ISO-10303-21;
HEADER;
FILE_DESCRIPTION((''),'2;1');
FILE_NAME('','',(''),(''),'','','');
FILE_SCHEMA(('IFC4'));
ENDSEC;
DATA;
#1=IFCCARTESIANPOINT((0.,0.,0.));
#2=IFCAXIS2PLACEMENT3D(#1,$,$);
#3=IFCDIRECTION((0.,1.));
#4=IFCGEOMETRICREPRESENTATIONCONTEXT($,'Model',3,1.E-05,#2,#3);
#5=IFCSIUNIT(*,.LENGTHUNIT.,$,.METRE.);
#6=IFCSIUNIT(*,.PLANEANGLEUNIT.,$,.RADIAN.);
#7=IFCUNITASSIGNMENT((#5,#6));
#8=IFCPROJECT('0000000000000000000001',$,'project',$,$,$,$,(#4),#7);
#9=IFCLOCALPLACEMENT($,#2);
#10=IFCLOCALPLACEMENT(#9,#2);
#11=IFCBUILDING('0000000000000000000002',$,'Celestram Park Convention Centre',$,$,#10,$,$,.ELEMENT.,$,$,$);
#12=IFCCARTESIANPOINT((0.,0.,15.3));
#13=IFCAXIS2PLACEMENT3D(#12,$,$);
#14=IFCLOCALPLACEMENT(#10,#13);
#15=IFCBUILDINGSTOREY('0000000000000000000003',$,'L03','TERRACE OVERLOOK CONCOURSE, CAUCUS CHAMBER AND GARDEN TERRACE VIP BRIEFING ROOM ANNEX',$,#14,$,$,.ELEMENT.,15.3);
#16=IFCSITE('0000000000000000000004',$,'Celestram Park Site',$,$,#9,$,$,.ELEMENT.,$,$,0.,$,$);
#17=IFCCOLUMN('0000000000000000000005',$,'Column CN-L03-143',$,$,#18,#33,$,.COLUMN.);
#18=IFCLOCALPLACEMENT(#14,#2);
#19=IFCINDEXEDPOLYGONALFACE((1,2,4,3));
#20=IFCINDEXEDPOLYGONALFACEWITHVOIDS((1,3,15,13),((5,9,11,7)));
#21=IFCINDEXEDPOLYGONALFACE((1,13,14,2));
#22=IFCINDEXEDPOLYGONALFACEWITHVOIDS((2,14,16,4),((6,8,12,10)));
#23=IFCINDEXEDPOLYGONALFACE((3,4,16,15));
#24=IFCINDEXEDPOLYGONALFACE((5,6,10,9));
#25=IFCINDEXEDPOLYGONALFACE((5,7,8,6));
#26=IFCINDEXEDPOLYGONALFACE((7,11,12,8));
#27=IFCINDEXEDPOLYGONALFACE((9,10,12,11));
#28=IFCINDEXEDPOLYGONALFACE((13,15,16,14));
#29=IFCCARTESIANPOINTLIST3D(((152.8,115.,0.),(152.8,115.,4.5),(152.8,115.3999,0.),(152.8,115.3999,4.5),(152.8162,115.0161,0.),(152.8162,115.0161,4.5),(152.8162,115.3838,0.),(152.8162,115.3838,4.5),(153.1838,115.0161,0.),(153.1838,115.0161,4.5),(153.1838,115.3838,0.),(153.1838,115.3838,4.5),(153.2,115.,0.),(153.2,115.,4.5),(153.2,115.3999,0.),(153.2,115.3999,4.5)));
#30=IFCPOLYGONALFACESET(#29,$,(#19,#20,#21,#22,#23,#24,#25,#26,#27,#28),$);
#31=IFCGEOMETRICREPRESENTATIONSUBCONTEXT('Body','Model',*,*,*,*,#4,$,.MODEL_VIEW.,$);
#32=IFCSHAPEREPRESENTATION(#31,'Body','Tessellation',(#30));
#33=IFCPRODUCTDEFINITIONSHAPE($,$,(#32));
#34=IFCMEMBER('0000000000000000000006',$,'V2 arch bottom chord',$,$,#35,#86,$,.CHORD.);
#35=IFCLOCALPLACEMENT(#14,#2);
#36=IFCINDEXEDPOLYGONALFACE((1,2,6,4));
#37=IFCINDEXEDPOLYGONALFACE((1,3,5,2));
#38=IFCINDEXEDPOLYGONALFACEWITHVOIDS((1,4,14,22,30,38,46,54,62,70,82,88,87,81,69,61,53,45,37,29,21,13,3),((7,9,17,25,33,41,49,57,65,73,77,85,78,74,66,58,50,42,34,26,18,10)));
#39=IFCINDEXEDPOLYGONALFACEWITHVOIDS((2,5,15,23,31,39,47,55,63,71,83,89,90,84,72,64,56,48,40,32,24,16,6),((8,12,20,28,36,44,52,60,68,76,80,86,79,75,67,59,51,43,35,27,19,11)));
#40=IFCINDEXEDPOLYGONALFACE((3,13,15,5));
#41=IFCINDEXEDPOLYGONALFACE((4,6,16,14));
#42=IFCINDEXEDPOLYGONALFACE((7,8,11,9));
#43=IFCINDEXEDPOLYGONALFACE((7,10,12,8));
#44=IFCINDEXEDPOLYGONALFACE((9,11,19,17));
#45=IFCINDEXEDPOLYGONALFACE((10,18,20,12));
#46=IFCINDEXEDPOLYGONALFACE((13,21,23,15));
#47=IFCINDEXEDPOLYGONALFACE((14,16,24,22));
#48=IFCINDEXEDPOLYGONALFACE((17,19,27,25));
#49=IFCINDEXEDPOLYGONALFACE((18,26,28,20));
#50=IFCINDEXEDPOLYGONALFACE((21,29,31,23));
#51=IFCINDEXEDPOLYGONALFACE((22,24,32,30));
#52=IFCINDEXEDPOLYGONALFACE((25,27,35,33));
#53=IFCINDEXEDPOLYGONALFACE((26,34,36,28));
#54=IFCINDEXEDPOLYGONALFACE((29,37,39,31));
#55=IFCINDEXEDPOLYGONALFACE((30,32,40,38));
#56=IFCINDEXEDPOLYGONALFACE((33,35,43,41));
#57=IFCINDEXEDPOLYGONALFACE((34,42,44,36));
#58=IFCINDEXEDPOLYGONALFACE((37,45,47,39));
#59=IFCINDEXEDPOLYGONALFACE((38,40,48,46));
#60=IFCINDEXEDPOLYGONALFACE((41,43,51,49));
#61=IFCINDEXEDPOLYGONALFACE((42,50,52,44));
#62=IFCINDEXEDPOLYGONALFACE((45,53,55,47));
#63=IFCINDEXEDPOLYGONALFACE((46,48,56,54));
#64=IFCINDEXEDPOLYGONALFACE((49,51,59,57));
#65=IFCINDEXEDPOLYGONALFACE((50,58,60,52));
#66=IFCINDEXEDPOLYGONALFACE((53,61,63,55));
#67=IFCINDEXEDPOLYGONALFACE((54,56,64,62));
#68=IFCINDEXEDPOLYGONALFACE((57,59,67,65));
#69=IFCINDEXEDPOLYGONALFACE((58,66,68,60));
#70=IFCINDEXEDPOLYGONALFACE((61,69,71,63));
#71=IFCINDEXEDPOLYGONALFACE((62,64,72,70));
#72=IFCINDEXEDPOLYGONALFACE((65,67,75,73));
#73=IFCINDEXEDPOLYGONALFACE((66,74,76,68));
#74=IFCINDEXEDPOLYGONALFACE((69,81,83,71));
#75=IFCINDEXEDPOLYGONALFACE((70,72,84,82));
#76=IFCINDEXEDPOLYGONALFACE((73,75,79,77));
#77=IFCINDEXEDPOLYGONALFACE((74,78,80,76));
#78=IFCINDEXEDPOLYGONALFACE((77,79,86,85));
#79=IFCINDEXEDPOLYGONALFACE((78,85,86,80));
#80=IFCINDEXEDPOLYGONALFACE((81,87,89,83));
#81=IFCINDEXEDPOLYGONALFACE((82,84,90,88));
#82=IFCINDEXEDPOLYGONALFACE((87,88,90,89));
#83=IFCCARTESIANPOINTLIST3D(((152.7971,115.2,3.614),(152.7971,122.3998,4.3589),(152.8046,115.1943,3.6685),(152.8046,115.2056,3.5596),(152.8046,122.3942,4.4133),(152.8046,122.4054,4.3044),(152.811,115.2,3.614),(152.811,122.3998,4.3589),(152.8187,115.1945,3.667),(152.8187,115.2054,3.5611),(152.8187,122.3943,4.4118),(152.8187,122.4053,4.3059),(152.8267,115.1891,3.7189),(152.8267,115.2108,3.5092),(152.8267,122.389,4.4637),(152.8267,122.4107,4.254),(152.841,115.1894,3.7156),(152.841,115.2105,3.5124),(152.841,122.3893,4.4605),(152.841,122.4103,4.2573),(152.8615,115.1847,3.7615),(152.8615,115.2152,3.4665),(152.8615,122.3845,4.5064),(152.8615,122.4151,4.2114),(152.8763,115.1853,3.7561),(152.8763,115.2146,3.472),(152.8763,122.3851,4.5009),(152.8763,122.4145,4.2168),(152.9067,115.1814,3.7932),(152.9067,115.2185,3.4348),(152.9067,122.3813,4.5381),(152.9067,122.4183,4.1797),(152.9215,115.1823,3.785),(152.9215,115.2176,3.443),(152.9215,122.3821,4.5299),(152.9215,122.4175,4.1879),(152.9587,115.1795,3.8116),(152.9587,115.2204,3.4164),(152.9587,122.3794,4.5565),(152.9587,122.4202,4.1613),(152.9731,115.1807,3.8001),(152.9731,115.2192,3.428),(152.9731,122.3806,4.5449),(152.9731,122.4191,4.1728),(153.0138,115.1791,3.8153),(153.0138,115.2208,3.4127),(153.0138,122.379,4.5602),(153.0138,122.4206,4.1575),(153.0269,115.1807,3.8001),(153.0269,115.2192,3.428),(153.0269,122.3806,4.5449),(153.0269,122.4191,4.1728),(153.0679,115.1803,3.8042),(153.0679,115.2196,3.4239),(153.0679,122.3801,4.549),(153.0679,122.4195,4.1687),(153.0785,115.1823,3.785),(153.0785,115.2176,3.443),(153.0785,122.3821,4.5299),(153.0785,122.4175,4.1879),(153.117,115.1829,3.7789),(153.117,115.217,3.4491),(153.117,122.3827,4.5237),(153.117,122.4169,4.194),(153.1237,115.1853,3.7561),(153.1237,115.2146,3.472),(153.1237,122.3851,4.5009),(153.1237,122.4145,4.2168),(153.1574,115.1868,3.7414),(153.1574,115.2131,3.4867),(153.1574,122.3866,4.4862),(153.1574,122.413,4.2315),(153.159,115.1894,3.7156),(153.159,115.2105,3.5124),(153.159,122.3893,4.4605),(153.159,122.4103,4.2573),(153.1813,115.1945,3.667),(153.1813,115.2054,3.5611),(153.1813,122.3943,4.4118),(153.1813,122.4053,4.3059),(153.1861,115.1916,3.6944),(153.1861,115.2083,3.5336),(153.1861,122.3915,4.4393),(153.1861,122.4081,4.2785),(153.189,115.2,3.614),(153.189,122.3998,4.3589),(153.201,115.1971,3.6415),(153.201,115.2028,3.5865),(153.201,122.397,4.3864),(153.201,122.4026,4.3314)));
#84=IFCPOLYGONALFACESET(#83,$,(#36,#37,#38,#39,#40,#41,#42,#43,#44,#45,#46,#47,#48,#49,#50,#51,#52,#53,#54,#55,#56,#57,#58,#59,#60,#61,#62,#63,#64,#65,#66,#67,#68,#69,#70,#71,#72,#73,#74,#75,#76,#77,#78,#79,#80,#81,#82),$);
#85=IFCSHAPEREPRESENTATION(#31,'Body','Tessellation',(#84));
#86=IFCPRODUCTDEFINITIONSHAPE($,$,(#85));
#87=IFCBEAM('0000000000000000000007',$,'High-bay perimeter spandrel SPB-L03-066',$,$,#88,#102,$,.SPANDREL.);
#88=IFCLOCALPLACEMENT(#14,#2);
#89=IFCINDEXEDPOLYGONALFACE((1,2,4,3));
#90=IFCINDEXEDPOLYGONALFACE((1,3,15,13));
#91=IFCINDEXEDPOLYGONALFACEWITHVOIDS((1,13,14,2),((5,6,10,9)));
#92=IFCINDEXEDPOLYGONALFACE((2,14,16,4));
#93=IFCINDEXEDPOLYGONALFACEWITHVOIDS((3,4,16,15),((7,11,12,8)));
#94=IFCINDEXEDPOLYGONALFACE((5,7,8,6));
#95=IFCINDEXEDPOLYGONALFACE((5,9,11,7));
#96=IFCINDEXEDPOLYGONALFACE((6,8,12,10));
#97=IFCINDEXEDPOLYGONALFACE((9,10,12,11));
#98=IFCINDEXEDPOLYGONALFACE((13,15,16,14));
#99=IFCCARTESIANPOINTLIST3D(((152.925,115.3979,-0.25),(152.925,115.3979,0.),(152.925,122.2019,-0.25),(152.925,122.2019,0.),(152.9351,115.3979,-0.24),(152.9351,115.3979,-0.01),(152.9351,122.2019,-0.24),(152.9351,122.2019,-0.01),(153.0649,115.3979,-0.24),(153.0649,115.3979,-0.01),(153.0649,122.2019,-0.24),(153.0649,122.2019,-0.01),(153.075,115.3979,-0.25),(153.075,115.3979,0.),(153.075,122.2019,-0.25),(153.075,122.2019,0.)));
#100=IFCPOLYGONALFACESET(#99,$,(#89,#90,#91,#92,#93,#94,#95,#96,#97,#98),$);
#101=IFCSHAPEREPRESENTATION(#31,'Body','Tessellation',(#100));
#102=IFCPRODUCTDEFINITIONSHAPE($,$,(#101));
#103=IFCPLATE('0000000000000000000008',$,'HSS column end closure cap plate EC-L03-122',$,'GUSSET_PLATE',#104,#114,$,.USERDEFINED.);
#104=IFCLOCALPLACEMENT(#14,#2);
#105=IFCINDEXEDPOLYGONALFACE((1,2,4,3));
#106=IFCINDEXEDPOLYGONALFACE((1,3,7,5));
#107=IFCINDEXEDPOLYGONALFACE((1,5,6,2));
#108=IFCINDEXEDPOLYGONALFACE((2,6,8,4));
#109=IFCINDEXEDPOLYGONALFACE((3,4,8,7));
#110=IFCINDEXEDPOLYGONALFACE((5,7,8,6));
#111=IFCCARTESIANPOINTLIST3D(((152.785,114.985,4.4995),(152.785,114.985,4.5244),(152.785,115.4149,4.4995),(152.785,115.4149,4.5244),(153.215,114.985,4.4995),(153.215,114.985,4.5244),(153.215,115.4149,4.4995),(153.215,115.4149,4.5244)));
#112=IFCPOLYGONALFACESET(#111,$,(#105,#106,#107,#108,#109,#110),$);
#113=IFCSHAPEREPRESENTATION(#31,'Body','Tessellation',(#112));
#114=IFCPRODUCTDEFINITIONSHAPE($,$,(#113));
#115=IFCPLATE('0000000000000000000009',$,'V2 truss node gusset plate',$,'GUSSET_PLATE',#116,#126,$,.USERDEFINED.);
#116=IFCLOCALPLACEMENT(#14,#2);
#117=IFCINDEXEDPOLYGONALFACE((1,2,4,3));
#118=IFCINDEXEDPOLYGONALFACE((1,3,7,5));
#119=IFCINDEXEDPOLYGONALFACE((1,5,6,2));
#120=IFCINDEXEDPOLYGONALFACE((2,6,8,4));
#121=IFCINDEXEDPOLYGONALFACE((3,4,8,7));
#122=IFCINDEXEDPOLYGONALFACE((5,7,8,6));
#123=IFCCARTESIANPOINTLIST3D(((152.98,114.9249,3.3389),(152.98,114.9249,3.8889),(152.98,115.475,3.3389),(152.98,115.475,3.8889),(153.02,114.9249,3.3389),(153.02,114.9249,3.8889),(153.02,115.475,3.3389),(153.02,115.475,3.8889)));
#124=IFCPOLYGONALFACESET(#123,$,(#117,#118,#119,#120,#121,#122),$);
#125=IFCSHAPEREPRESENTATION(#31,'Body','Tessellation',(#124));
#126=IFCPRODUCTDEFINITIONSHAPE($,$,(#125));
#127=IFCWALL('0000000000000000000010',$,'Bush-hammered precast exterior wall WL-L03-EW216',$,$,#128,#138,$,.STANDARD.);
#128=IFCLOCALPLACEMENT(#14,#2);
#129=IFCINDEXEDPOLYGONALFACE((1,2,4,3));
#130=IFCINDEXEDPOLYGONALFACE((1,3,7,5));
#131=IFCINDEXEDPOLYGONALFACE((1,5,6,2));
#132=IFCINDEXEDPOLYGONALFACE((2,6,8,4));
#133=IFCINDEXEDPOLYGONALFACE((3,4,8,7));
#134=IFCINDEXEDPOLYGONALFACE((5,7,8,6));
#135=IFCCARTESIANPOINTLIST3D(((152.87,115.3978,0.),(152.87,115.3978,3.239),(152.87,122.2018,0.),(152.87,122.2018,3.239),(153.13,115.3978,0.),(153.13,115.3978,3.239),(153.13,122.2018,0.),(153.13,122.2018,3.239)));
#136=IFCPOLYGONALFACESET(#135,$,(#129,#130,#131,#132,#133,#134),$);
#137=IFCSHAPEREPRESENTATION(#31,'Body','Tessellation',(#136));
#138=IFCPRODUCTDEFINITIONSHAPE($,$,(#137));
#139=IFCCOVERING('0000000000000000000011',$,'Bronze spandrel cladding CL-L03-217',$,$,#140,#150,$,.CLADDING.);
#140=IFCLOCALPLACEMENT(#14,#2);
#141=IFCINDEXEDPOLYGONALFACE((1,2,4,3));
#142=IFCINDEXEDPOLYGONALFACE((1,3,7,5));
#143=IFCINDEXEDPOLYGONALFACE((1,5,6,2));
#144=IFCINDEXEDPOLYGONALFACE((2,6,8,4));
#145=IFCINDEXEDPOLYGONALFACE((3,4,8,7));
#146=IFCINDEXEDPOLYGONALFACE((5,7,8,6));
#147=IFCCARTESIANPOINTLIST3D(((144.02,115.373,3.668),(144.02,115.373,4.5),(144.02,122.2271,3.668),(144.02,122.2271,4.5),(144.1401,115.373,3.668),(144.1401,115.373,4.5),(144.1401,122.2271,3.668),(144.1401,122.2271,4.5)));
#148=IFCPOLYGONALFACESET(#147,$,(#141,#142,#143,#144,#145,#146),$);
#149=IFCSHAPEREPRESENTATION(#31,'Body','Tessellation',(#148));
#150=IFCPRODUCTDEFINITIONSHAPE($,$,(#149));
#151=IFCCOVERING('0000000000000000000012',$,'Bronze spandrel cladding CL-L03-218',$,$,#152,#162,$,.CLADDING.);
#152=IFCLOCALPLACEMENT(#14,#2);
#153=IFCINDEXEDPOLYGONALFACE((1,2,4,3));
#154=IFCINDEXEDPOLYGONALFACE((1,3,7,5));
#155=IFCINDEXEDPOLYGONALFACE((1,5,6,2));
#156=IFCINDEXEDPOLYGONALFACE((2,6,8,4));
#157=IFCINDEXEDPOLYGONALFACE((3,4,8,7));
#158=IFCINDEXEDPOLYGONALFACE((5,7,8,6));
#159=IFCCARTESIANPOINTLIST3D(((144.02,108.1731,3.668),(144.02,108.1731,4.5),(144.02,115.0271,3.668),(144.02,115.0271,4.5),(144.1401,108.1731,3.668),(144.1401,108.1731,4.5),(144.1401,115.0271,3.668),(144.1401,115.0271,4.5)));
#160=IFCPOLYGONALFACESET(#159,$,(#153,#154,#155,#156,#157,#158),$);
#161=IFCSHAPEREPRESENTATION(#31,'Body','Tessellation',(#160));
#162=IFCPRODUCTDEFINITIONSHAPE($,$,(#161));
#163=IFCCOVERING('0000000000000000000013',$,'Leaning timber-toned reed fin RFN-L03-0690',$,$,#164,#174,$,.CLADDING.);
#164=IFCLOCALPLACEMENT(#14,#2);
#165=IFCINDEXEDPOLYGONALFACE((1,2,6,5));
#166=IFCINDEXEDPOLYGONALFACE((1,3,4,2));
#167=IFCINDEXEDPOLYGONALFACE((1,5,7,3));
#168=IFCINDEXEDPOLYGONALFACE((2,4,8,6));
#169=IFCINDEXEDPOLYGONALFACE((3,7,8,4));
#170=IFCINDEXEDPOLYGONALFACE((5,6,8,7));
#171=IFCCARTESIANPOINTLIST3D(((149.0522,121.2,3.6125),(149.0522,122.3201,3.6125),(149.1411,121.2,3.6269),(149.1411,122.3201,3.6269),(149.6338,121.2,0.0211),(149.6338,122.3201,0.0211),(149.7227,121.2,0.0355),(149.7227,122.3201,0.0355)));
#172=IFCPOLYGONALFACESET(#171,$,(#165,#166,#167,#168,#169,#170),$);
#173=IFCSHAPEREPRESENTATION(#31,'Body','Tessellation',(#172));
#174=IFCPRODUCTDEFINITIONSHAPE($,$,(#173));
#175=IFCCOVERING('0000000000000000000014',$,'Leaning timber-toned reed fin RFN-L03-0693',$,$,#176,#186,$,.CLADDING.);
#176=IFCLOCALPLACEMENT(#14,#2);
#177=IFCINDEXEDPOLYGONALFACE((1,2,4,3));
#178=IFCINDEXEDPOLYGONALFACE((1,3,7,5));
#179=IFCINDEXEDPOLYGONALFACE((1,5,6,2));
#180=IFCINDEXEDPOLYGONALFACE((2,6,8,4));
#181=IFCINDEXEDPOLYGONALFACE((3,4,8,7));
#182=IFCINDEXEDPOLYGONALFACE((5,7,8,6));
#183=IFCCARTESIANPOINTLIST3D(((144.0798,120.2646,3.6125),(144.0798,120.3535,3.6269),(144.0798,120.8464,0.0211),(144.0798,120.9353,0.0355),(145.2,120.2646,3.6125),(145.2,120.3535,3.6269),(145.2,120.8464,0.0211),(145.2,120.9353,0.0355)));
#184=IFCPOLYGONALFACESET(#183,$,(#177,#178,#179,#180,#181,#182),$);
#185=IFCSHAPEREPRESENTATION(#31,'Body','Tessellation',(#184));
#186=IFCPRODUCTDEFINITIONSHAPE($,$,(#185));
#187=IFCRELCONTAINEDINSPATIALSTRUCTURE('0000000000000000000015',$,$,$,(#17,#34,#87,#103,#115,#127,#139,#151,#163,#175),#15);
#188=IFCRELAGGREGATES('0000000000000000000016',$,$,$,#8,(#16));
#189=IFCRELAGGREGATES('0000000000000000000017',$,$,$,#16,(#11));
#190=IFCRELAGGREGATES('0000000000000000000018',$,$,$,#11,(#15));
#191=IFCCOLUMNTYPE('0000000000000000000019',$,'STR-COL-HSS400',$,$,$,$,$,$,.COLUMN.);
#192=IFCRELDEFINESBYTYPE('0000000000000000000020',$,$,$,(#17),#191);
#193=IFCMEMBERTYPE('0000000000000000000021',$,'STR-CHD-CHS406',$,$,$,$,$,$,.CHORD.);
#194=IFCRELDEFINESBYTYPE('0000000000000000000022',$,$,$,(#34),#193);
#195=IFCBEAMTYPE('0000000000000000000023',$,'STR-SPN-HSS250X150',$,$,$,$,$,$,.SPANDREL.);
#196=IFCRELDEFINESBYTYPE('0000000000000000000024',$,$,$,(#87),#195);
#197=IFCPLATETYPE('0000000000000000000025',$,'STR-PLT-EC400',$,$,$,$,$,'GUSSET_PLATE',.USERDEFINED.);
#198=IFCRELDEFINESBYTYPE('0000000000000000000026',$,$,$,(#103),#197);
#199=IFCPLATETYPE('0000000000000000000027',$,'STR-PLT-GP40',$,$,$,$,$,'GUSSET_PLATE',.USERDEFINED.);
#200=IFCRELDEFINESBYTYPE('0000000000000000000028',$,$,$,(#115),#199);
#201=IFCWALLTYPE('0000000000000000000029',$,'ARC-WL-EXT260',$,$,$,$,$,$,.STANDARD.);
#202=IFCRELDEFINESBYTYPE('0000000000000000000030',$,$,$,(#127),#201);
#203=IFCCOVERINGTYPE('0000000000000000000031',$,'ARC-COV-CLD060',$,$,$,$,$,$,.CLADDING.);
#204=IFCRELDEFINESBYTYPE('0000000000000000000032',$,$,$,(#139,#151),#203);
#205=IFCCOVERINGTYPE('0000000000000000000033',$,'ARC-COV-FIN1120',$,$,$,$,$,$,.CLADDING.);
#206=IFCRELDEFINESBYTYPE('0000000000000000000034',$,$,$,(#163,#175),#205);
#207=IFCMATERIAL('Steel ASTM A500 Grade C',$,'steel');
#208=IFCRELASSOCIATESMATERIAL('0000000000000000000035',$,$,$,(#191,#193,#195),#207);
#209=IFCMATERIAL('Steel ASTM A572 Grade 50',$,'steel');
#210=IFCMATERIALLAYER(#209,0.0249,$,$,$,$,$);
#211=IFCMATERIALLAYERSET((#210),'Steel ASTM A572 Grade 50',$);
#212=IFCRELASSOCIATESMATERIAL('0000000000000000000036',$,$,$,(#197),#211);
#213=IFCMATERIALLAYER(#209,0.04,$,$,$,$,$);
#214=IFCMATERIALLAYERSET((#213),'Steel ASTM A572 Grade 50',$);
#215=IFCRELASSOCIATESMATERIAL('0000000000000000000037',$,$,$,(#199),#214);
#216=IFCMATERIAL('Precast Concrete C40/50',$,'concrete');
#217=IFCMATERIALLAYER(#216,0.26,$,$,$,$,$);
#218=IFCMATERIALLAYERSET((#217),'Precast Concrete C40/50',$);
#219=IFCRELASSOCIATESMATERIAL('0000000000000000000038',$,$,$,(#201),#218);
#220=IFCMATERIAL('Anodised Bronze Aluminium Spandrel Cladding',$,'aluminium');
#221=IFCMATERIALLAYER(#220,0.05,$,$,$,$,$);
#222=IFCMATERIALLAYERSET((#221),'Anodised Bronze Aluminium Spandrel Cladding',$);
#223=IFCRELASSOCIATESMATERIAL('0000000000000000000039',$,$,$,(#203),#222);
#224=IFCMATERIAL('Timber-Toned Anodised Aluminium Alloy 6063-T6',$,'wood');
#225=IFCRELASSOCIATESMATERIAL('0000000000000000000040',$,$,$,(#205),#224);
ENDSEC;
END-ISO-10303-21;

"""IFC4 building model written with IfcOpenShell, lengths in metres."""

from ifc_helpers import new_model, si_unit, direction, frame, frame_2d, origin, origin_2d, place, context, subcontext, project, spatial, rectangle, hollow_rectangle, hollow_circle, extrude, material, layer, layer_set, material_profile, profile_set, type_object, element, save


model = new_model("IFC4")

# Units and contexts
model_context = context("Model", 3, precision=1e-05, world=origin(), true_north=direction((0.0, 1.0)))
body_context = subcontext(model_context, "Body", "Model", "MODEL_VIEW")
ifc_project = project(units=[si_unit("LENGTHUNIT", "METRE"), si_unit("PLANEANGLEUNIT", "RADIAN")], contexts=[model_context])

# Site, building, storey
site_placement = place(None, origin())
site = spatial("IfcSite", under=ifc_project, at=site_placement, Name="Celestram Park Site", CompositionType="ELEMENT", RefElevation=0.0)
building_placement = place(site_placement, origin())
building = spatial("IfcBuilding", under=site, at=building_placement, Name="Celestram Park Convention Centre", CompositionType="ELEMENT")
storey_placement = place(building_placement, frame((0.0, 0.0, 15.3)))
storey = spatial("IfcBuildingStorey", under=building, at=storey_placement, Name="L03", Description="TERRACE OVERLOOK CONCOURSE, CAUCUS CHAMBER AND GARDEN TERRACE VIP BRIEFING ROOM ANNEX", CompositionType="ELEMENT", Elevation=15.3)

# Column
ifc_material_1 = material(Name="Steel ASTM A500 Grade C", Category="steel")
ifc_material_profile_1 = material_profile(ifc_material_1, hollow_rectangle(XDim=0.3999, YDim=0.3999, WallThickness=0.0161, at=origin_2d()), Name="HSS400X400X16")
ifc_profile_set_1 = profile_set([ifc_material_profile_1], Name="Steel ASTM A500 Grade C")
column_type = type_object("IfcColumnType", Name="STR-COL-HSS400", PredefinedType="COLUMN", material=ifc_profile_set_1)
column_placement = place(storey_placement, frame((153.0, 115.2, 0.0), z_axis=(0.0, 0.0, 1.0), x_axis=(1.0, 0.0, 0.0)))
element("IfcColumn", 1, at=column_placement, inside=storey, type_object=column_type, Name="Column CN-L03-143", PredefinedType="COLUMN", context=body_context, shape_type="SweptSolid", body=[
    extrude(hollow_rectangle(XDim=0.3999, YDim=0.3999, WallThickness=0.0161, at=origin_2d()), origin(), (0.0, 0.0, 1.0), 4.5),
])

# Member
ifc_material_profile_2 = material_profile(ifc_material_1, hollow_circle(Radius=0.2029, WallThickness=0.0139, at=origin_2d()), Name="CHS406X14")
ifc_profile_set_2 = profile_set([ifc_material_profile_2], Name="Steel ASTM A500 Grade C")
member_type = type_object("IfcMemberType", Name="STR-CHD-CHS406", PredefinedType="CHORD", material=ifc_profile_set_2)
member_placement = place(storey_placement, frame((153.0, 115.2, 3.614), z_axis=(0.0, 0.994691, 0.102906), x_axis=(-1.0, 0.0, 0.0)))
element("IfcMember", 2, at=member_placement, inside=storey, type_object=member_type, Name="V2 arch bottom chord", PredefinedType="CHORD", context=body_context, shape_type="SweptSolid", body=[
    extrude(hollow_circle(Radius=0.2029, WallThickness=0.0139, at=origin_2d()), origin(), (0.0, 0.0, 1.0), 7.2383),
])

# Beam
ifc_material_profile_3 = material_profile(ifc_material_1, hollow_rectangle(XDim=0.1499, YDim=0.25, WallThickness=0.01, at=origin_2d()), Name="HSS250X150X10")
ifc_profile_set_3 = profile_set([ifc_material_profile_3], Name="Steel ASTM A500 Grade C")
beam_type = type_object("IfcBeamType", Name="STR-SPN-HSS250X150", PredefinedType="SPANDREL", material=ifc_profile_set_3)
beam_placement = place(storey_placement, frame((153.0, 115.3979, -0.125), z_axis=(0.0, 1.0, 0.0), x_axis=(-1.0, 0.0, 0.0)))
element("IfcBeam", 3, at=beam_placement, inside=storey, type_object=beam_type, Name="High-bay perimeter spandrel SPB-L03-066", PredefinedType="SPANDREL", context=body_context, shape_type="SweptSolid", body=[
    extrude(hollow_rectangle(XDim=0.1499, YDim=0.25, WallThickness=0.01, at=origin_2d()), origin(), (0.0, 0.0, 1.0), 6.804),
])

# Plates
ifc_material_2 = material(Name="Steel ASTM A572 Grade 50", Category="steel")
ifc_layer_1 = layer(ifc_material_2, 0.0249)
ifc_layer_set_1 = layer_set([ifc_layer_1], Name="Steel ASTM A572 Grade 50")
plate_type_1 = type_object("IfcPlateType", Name="STR-PLT-EC400", ElementType="GUSSET_PLATE", PredefinedType="USERDEFINED", material=ifc_layer_set_1)
plate_1_placement = place(storey_placement, frame((153.0, 115.2, 4.4995), z_axis=(0.0, 0.0, 1.0), x_axis=(1.0, 0.0, 0.0)))
element("IfcPlate", 4, at=plate_1_placement, inside=storey, type_object=plate_type_1, Name="HSS column end closure cap plate EC-L03-122", ObjectType="GUSSET_PLATE", PredefinedType="USERDEFINED", context=body_context, shape_type="SweptSolid", body=[
    extrude(rectangle(XDim=0.4299, YDim=0.4299, at=origin_2d()), origin(), (0.0, 0.0, 1.0), 0.0249),
])
ifc_layer_2 = layer(ifc_material_2, 0.04)
ifc_layer_set_2 = layer_set([ifc_layer_2], Name="Steel ASTM A572 Grade 50")
plate_type_2 = type_object("IfcPlateType", Name="STR-PLT-GP40", ElementType="GUSSET_PLATE", PredefinedType="USERDEFINED", material=ifc_layer_set_2)
plate_2_placement = place(storey_placement, frame((153.0, 115.2, 3.3389), z_axis=(0.0, 0.0, 1.0), x_axis=(0.0, 1.0, 0.0)))
element("IfcPlate", 5, at=plate_2_placement, inside=storey, type_object=plate_type_2, Name="V2 truss node gusset plate", ObjectType="GUSSET_PLATE", PredefinedType="USERDEFINED", context=body_context, shape_type="SweptSolid", body=[
    extrude(rectangle(XDim=0.55, YDim=0.04, at=origin_2d()), origin(), (0.0, 0.0, 1.0), 0.55),
])

# Wall
ifc_material_3 = material(Name="Precast Concrete C40/50", Category="concrete")
ifc_layer_3 = layer(ifc_material_3, 0.26)
ifc_layer_set_3 = layer_set([ifc_layer_3], Name="Precast Concrete C40/50")
wall_type = type_object("IfcWallType", Name="ARC-WL-EXT260", PredefinedType="STANDARD", material=ifc_layer_set_3)
wall_placement = place(storey_placement, frame((153.0, 115.3979, 0.0), z_axis=(0.0, 0.0, 1.0), x_axis=(0.0, 1.0, 0.0)))
element("IfcWall", 6, at=wall_placement, inside=storey, type_object=wall_type, Name="Bush-hammered precast exterior wall WL-L03-EW216", PredefinedType="STANDARD", context=body_context, shape_type="SweptSolid", body=[
    extrude(rectangle(XDim=6.804, YDim=0.26, at=frame_2d((3.4019, 0.0))), origin(), (0.0, 0.0, 1.0), 3.239),
])

# Coverings
ifc_material_4 = material(Name="Anodised Bronze Aluminium Spandrel Cladding", Category="aluminium")
ifc_layer_4 = layer(ifc_material_4, 0.05)
ifc_layer_set_4 = layer_set([ifc_layer_4], Name="Anodised Bronze Aluminium Spandrel Cladding")
covering_type_1 = type_object("IfcCoveringType", Name="ARC-COV-CLD060", PredefinedType="CLADDING", material=ifc_layer_set_4)
for number, where, z_axis, x_axis, name in (
    (7, (144.0801, 118.8, 3.668), (0.0, 0.0, 1.0), (0.0, -1.0, 0.0), "Bronze spandrel cladding CL-L03-217"),
    (8, (144.0801, 111.6001, 3.668), (0.0, 0.0, 1.0), (0.0, -1.0, 0.0), "Bronze spandrel cladding CL-L03-218"),
):
    element("IfcCovering", number, at=place(storey_placement, frame(where, z_axis=z_axis, x_axis=x_axis)), inside=storey, type_object=covering_type_1, Name=name, PredefinedType="CLADDING", context=body_context, shape_type="SweptSolid", body=[
        extrude(rectangle(XDim=6.854, YDim=0.1201, at=origin_2d()), origin(), (0.0, 0.0, 1.0), 0.832),
    ])
ifc_material_5 = material(Name="Timber-Toned Anodised Aluminium Alloy 6063-T6", Category="wood")
ifc_material_profile_4 = material_profile(ifc_material_5, rectangle(XDim=1.1201, YDim=0.0901, at=origin_2d()), Name="REED1120X90")
ifc_profile_set_4 = profile_set([ifc_material_profile_4], Name="Timber-Toned Anodised Aluminium Alloy 6063-T6")
covering_type_2 = type_object("IfcCoveringType", Name="ARC-COV-FIN1120", PredefinedType="CLADDING", material=ifc_profile_set_4)
for number, where, z_axis, x_axis, name in (
    (9, (149.6782, 121.76, 0.0283), (-0.159848, 0.0, 0.987142), (0.0, -1.0, 0.0), "Leaning timber-toned reed fin RFN-L03-0690"),
    (10, (144.6399, 120.8909, 0.0283), (0.0, -0.159914, 0.987131), (1.0, 0.0, 0.0), "Leaning timber-toned reed fin RFN-L03-0693"),
):
    element("IfcCovering", number, at=place(storey_placement, frame(where, z_axis=z_axis, x_axis=x_axis)), inside=storey, type_object=covering_type_2, Name=name, PredefinedType="CLADDING", context=body_context, shape_type="SweptSolid", body=[
        extrude(rectangle(XDim=1.1201, YDim=0.0901, at=origin_2d()), origin(), (0.0, 0.0, 1.0), 3.6382),
    ])

save(model, "model.ifc")
